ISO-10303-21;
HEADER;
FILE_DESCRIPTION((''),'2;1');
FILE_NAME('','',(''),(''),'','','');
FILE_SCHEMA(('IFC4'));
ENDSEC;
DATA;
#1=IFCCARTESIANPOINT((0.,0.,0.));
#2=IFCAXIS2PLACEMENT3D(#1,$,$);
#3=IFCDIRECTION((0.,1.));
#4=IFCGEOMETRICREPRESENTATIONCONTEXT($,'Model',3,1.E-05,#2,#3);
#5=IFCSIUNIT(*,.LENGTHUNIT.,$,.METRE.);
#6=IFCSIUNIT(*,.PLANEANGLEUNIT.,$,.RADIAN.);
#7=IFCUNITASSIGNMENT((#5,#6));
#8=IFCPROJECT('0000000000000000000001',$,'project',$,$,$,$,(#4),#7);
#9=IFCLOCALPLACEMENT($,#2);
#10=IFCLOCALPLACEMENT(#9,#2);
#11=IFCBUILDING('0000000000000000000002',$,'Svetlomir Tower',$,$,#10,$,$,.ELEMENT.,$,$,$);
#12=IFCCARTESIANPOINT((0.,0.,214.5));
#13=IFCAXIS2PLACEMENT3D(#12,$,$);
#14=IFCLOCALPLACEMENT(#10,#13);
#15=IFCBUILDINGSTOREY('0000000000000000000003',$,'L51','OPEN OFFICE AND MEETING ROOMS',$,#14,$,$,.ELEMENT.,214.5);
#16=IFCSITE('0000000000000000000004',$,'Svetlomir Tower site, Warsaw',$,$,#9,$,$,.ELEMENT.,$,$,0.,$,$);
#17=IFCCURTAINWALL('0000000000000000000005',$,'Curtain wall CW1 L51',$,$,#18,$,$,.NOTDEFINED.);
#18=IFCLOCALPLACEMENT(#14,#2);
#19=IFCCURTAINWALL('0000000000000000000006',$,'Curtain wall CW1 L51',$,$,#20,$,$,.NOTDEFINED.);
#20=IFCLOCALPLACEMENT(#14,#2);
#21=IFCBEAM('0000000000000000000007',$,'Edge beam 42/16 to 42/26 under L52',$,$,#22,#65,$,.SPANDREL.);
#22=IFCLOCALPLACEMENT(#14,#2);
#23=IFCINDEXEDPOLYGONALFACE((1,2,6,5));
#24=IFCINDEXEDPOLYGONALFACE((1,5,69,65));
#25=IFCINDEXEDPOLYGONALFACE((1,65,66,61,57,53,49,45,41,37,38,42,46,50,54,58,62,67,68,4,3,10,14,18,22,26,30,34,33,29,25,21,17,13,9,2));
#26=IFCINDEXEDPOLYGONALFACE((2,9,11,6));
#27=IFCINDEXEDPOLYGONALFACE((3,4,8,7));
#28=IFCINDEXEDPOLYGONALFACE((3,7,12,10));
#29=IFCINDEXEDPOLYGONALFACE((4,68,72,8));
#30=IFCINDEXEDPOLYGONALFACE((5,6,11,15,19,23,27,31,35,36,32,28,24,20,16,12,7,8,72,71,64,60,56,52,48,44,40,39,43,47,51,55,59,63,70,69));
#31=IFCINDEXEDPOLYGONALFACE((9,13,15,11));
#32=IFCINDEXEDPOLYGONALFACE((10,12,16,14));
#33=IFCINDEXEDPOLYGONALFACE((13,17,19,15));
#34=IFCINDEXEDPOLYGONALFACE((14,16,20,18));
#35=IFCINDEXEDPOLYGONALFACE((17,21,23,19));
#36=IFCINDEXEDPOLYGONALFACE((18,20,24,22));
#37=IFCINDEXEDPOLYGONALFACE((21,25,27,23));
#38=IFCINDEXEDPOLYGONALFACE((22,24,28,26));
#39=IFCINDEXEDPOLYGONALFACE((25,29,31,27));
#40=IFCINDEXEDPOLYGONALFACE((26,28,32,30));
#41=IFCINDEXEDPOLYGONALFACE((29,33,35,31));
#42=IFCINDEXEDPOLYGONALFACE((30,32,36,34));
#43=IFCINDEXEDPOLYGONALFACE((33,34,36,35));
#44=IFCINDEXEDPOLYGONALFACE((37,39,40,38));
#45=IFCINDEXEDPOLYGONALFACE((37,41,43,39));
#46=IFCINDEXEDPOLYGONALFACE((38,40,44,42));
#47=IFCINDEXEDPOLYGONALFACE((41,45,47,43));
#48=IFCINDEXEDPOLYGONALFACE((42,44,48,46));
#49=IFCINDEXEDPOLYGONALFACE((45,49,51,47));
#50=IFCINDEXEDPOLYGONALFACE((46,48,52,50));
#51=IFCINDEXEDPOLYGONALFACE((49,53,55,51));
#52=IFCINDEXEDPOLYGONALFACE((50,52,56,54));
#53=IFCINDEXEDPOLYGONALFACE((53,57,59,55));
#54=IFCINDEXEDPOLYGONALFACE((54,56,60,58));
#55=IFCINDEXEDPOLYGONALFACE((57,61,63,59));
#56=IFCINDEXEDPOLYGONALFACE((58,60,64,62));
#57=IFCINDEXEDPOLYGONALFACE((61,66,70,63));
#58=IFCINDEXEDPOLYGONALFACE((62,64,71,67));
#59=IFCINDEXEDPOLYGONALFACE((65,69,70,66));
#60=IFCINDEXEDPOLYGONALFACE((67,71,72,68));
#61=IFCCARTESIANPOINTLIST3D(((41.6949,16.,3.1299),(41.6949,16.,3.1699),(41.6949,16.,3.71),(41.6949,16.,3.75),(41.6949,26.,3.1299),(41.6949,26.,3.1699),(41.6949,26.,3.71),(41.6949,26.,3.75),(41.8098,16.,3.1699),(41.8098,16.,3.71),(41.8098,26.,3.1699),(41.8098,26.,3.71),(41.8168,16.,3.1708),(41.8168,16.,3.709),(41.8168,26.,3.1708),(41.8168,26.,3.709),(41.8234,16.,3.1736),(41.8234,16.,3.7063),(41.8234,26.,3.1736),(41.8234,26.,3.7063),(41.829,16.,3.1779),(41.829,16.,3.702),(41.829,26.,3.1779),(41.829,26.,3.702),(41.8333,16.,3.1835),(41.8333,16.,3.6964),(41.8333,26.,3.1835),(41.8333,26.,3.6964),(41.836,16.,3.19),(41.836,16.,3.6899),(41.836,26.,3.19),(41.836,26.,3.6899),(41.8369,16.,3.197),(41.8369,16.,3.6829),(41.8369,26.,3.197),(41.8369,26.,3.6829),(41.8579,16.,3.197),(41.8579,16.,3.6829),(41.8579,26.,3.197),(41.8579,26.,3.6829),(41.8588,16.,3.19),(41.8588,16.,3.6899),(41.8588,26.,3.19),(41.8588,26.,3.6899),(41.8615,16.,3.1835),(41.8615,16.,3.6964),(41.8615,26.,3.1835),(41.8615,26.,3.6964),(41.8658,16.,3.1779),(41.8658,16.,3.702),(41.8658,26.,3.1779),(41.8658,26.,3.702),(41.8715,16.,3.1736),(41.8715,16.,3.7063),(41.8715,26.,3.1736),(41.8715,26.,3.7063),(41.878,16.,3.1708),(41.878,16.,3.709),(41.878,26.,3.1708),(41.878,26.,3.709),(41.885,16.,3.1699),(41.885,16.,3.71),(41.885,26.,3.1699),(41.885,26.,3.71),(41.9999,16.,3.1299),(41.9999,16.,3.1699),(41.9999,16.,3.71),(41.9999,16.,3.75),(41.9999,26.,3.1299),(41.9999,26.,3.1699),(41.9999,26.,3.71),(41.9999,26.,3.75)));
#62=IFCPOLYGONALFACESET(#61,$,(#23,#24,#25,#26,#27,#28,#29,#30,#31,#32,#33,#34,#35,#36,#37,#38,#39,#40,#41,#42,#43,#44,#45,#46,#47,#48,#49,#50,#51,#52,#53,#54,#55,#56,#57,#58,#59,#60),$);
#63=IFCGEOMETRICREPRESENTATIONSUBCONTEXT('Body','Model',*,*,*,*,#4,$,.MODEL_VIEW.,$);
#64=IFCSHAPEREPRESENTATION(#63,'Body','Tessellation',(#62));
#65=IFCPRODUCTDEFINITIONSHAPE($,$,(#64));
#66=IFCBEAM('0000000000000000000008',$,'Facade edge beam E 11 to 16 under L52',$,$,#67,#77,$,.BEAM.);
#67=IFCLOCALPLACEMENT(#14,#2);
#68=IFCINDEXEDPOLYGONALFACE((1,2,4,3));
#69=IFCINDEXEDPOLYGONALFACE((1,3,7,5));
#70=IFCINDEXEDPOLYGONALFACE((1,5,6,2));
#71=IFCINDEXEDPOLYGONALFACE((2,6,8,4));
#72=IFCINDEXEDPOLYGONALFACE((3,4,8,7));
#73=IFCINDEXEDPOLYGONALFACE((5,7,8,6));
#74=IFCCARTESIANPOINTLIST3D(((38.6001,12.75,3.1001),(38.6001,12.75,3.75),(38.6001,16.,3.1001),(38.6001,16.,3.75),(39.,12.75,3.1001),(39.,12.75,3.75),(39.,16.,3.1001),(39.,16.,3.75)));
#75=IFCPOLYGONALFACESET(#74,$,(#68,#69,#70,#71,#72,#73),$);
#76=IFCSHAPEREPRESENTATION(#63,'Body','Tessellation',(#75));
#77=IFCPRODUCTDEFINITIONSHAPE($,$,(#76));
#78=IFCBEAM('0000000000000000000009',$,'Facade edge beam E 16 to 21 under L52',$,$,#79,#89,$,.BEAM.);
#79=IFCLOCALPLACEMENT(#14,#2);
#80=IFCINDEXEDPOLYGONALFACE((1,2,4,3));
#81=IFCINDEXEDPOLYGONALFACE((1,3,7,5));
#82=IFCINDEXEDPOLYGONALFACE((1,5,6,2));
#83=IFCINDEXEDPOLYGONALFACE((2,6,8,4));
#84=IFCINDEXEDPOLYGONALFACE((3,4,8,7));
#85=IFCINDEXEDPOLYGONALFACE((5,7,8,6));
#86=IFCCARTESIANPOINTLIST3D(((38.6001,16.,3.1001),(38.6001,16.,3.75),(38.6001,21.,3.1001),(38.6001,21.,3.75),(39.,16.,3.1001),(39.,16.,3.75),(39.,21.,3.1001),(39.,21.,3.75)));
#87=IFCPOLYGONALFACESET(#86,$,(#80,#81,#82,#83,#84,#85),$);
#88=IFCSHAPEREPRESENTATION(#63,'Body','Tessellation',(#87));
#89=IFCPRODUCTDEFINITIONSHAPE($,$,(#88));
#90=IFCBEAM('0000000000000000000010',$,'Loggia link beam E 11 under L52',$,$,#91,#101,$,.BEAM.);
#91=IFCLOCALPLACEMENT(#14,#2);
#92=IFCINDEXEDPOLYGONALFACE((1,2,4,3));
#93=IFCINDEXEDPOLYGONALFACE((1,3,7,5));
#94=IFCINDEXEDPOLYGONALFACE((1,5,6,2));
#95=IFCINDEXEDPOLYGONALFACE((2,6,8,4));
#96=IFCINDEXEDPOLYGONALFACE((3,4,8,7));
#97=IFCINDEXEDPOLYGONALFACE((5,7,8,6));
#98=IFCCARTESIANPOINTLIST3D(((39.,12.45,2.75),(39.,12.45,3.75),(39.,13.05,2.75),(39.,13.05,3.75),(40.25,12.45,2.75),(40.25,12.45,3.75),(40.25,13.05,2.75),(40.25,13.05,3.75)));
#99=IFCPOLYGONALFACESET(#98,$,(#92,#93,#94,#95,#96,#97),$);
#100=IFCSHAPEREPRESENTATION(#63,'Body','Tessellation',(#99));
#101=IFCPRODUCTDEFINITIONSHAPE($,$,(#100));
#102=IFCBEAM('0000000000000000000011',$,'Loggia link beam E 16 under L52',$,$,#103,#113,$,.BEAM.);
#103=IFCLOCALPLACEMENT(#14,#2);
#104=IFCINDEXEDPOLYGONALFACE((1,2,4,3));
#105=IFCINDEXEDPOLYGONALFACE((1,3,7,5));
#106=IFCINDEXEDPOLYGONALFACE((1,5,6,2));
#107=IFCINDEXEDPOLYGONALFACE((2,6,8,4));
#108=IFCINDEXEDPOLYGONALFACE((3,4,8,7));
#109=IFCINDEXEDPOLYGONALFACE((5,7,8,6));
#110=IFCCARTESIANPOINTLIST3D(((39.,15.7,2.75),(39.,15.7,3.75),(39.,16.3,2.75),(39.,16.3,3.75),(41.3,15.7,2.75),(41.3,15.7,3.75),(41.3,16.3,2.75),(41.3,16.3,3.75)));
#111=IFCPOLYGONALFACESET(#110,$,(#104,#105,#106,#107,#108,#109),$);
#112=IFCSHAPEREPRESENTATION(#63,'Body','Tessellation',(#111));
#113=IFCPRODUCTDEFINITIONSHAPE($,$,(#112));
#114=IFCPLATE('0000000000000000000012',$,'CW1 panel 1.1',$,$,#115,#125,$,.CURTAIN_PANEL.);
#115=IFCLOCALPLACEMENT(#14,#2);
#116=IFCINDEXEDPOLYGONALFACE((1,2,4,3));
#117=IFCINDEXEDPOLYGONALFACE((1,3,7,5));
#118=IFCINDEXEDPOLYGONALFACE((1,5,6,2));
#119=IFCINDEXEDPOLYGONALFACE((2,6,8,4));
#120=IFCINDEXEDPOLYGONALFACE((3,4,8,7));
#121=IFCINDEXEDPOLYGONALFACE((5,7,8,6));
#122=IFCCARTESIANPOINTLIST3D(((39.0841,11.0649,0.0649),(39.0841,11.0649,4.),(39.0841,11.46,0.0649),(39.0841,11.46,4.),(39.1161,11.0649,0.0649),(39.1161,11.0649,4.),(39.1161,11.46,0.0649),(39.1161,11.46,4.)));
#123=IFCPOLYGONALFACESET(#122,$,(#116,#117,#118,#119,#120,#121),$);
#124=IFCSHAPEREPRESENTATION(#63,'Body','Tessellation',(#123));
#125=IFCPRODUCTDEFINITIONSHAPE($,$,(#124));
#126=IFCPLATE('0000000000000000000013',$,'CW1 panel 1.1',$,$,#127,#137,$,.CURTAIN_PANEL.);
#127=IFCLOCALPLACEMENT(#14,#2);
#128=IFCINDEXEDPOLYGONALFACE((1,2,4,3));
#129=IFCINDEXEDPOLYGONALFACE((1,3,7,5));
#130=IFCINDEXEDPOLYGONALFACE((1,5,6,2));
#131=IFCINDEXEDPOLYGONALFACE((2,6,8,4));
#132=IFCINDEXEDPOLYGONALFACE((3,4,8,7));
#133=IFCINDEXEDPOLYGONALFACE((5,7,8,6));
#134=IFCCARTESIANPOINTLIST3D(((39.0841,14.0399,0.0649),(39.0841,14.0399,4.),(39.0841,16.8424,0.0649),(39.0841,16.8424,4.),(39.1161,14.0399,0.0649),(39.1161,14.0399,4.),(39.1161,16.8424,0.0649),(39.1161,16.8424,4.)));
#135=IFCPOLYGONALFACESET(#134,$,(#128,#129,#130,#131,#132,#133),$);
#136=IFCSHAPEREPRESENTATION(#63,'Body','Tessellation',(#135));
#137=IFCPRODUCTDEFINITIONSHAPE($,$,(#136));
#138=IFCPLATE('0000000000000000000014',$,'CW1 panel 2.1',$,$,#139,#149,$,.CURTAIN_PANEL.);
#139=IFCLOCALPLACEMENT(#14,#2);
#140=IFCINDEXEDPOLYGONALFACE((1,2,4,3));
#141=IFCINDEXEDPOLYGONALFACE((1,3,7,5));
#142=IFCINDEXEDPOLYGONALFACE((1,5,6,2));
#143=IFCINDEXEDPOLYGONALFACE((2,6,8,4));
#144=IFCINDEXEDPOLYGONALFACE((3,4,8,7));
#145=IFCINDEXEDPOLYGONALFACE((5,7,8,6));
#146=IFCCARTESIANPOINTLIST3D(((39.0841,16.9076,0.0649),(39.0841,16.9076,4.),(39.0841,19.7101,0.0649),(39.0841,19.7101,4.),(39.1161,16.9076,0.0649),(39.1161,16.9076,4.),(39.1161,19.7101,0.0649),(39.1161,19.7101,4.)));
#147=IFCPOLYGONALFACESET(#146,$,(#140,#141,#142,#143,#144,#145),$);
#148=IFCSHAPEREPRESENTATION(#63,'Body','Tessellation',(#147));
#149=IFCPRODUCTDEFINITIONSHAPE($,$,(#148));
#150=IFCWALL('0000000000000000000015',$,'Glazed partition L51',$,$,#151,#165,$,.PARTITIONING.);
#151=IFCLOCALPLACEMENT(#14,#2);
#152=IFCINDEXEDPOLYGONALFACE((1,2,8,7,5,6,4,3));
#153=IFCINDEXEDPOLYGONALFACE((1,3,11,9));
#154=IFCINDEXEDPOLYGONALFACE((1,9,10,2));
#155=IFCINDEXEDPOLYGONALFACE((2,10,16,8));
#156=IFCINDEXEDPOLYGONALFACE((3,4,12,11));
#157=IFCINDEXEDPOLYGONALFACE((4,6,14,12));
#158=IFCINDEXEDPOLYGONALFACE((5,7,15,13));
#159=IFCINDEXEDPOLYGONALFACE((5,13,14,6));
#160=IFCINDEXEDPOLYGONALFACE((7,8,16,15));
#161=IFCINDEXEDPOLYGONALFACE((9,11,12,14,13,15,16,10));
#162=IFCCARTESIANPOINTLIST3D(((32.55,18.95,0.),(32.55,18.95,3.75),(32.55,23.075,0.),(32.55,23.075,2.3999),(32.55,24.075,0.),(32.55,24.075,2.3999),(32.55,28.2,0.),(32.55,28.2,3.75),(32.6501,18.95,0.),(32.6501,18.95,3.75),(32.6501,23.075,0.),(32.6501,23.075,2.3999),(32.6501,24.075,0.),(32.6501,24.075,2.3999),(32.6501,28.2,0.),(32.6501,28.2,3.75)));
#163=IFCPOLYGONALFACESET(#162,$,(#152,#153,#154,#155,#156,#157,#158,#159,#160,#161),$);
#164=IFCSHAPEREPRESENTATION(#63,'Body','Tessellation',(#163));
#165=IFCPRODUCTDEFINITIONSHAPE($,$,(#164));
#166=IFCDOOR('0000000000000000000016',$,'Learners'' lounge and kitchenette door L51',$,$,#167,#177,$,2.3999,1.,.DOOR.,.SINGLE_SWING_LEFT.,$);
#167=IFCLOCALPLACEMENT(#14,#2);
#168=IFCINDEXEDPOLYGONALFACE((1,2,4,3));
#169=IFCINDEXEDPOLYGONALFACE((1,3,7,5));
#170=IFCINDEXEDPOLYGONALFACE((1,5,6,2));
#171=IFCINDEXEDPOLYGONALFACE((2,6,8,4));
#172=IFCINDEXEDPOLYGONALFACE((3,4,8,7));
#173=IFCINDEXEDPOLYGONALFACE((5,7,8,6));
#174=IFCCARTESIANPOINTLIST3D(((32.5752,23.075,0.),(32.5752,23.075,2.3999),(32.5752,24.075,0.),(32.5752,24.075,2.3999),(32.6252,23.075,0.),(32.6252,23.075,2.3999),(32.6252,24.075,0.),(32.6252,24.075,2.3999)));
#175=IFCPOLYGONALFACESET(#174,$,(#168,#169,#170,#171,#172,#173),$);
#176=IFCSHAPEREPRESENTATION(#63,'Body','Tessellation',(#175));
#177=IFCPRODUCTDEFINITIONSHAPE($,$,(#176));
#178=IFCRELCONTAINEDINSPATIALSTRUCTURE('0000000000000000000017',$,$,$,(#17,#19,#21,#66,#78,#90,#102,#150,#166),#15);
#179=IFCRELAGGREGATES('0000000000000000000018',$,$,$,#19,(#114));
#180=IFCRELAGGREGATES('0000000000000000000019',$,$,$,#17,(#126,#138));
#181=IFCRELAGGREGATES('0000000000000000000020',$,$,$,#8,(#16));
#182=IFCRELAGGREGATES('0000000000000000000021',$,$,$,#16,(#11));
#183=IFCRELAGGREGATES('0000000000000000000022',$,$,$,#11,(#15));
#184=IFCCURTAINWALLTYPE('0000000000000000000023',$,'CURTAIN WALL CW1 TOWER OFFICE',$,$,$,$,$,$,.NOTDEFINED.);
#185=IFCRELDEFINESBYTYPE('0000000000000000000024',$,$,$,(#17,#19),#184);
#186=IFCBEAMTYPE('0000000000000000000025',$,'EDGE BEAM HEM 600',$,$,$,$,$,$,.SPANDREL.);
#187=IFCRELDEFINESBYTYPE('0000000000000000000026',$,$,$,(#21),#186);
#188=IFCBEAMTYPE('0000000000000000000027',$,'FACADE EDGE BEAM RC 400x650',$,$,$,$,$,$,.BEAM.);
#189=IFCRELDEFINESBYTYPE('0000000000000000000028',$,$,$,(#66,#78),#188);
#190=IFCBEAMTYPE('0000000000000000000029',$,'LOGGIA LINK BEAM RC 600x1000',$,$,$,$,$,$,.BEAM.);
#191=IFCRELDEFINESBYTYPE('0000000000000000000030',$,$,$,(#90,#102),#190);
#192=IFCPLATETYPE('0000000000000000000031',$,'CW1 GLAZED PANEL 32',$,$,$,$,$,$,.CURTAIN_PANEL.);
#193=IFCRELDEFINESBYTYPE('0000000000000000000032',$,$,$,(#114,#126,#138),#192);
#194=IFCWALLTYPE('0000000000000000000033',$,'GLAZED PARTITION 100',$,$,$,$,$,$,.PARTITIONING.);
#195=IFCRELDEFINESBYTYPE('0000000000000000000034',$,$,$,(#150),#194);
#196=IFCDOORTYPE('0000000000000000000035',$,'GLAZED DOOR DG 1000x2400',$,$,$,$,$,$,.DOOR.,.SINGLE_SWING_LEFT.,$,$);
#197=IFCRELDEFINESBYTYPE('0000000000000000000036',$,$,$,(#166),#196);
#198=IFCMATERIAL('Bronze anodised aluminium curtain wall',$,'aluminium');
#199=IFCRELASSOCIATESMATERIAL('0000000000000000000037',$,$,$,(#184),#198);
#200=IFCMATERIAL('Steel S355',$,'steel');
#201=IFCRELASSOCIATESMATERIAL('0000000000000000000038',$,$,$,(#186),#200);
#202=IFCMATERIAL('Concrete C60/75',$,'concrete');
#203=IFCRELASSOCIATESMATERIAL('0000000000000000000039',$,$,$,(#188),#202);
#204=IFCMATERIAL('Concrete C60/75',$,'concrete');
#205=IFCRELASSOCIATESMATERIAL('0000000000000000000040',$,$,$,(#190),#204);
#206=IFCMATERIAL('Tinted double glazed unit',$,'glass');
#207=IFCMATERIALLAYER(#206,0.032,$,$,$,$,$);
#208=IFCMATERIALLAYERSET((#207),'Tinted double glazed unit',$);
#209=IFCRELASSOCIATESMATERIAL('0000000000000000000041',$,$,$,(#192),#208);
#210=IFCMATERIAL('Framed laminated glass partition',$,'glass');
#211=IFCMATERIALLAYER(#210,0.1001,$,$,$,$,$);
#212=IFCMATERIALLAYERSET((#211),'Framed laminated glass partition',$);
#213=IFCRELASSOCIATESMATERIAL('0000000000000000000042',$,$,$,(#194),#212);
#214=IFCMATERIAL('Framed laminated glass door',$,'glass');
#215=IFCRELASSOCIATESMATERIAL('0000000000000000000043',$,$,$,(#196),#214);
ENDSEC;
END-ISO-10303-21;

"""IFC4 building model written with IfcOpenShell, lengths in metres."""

from ifc_helpers import new_model, si_unit, direction, frame, frame_2d, origin, origin_2d, place, context, subcontext, project, spatial, rectangle, i_section, extrude, material, layer, layer_set, material_profile, profile_set, type_object, element, fill, aggregate, save


model = new_model("IFC4")

# Units and contexts
model_context = context("Model", 3, precision=1e-05, world=origin(), true_north=direction((0.0, 1.0)))
body_context = subcontext(model_context, "Body", "Model", "MODEL_VIEW")
ifc_project = project(units=[si_unit("LENGTHUNIT", "METRE"), si_unit("PLANEANGLEUNIT", "RADIAN")], contexts=[model_context])

# Site, building, storey
site_placement = place(None, origin())
site = spatial("IfcSite", under=ifc_project, at=site_placement, Name="Svetlomir Tower site, Warsaw", CompositionType="ELEMENT", RefElevation=0.0)
building_placement = place(site_placement, origin())
building = spatial("IfcBuilding", under=site, at=building_placement, Name="Svetlomir Tower", CompositionType="ELEMENT")
storey_placement = place(building_placement, frame((0.0, 0.0, 214.5)))
storey = spatial("IfcBuildingStorey", under=building, at=storey_placement, Name="L51", Description="OPEN OFFICE AND MEETING ROOMS", CompositionType="ELEMENT", Elevation=214.5)

# Curtain walls
ifc_material_1 = material(Name="Bronze anodised aluminium curtain wall", Category="aluminium")
curtain_wall_type = type_object("IfcCurtainWallType", Name="CURTAIN WALL CW1 TOWER OFFICE", PredefinedType="NOTDEFINED", material=ifc_material_1)
curtain_wall_1_placement = place(storey_placement, origin())
curtain_wall_1 = element("IfcCurtainWall", 1, at=curtain_wall_1_placement, inside=storey, type_object=curtain_wall_type, Name="Curtain wall CW1 L51", PredefinedType="NOTDEFINED")
curtain_wall_2_placement = place(storey_placement, origin())
curtain_wall_2 = element("IfcCurtainWall", 2, at=curtain_wall_2_placement, inside=storey, type_object=curtain_wall_type, Name="Curtain wall CW1 L51", PredefinedType="NOTDEFINED")

# Beams
ifc_material_2 = material(Name="Steel S355", Category="steel")
ifc_material_profile_1 = material_profile(ifc_material_2, i_section(OverallWidth=0.3049, OverallDepth=0.6201, WebThickness=0.021, FlangeThickness=0.04, FilletRadius=0.0271, at=origin_2d()), Name="HEM 600")
ifc_profile_set_1 = profile_set([ifc_material_profile_1], Name="Steel S355")
beam_type_1 = type_object("IfcBeamType", Name="EDGE BEAM HEM 600", PredefinedType="SPANDREL", material=ifc_profile_set_1)
beam_1_placement = place(storey_placement, frame((41.8474, 16.0, 3.4399), z_axis=(0.0, 1.0, 0.0), x_axis=(-1.0, 0.0, 0.0)))
element("IfcBeam", 3, at=beam_1_placement, inside=storey, type_object=beam_type_1, Name="Edge beam 42/16 to 42/26 under L52", PredefinedType="SPANDREL", context=body_context, shape_type="SweptSolid", body=[
    extrude(i_section(OverallWidth=0.3049, OverallDepth=0.6201, WebThickness=0.021, FlangeThickness=0.04, FilletRadius=0.0271, at=origin_2d()), origin(), (0.0, 0.0, 1.0), 10.0),
])
ifc_material_3 = material(Name="Concrete C60/75", Category="concrete")
ifc_material_profile_2 = material_profile(ifc_material_3, rectangle(XDim=0.3999, YDim=0.6499, at=origin_2d()), Name="RC 400x650")
ifc_profile_set_2 = profile_set([ifc_material_profile_2], Name="Concrete C60/75")
beam_type_2 = type_object("IfcBeamType", Name="FACADE EDGE BEAM RC 400x650", PredefinedType="BEAM", material=ifc_profile_set_2)
beam_2_placement = place(storey_placement, frame((38.8, 12.75, 3.425), z_axis=(0.0, 1.0, 0.0), x_axis=(-1.0, 0.0, 0.0)))
element("IfcBeam", 4, at=beam_2_placement, inside=storey, type_object=beam_type_2, Name="Facade edge beam E 11 to 16 under L52", PredefinedType="BEAM", context=body_context, shape_type="SweptSolid", body=[
    extrude(rectangle(XDim=0.3999, YDim=0.6499, at=origin_2d()), origin(), (0.0, 0.0, 1.0), 3.25),
])
beam_3_placement = place(storey_placement, frame((38.8, 16.0, 3.425), z_axis=(0.0, 1.0, 0.0), x_axis=(-1.0, 0.0, 0.0)))
element("IfcBeam", 5, at=beam_3_placement, inside=storey, type_object=beam_type_2, Name="Facade edge beam E 16 to 21 under L52", PredefinedType="BEAM", context=body_context, shape_type="SweptSolid", body=[
    extrude(rectangle(XDim=0.3999, YDim=0.6499, at=origin_2d()), origin(), (0.0, 0.0, 1.0), 5.0),
])
ifc_material_4 = material(Name="Concrete C60/75", Category="concrete")
ifc_material_profile_3 = material_profile(ifc_material_4, rectangle(XDim=0.6001, YDim=1.0, at=origin_2d()), Name="RC 600x1000")
ifc_profile_set_3 = profile_set([ifc_material_profile_3], Name="Concrete C60/75")
beam_type_3 = type_object("IfcBeamType", Name="LOGGIA LINK BEAM RC 600x1000", PredefinedType="BEAM", material=ifc_profile_set_3)
beam_4_placement = place(storey_placement, frame((40.25, 12.75, 3.25), z_axis=(-1.0, 0.0, 0.0), x_axis=(0.0, -1.0, 0.0)))
element("IfcBeam", 6, at=beam_4_placement, inside=storey, type_object=beam_type_3, Name="Loggia link beam E 11 under L52", PredefinedType="BEAM", context=body_context, shape_type="SweptSolid", body=[
    extrude(rectangle(XDim=0.6001, YDim=1.0, at=origin_2d()), origin(), (0.0, 0.0, 1.0), 1.25),
])
beam_5_placement = place(storey_placement, frame((41.3, 16.0, 3.25), z_axis=(-1.0, 0.0, 0.0), x_axis=(0.0, -1.0, 0.0)))
element("IfcBeam", 7, at=beam_5_placement, inside=storey, type_object=beam_type_3, Name="Loggia link beam E 16 under L52", PredefinedType="BEAM", context=body_context, shape_type="SweptSolid", body=[
    extrude(rectangle(XDim=0.6001, YDim=1.0, at=origin_2d()), origin(), (0.0, 0.0, 1.0), 2.3),
])

# Plates
ifc_material_5 = material(Name="Tinted double glazed unit", Category="glass")
ifc_layer_1 = layer(ifc_material_5, 0.032)
ifc_layer_set_1 = layer_set([ifc_layer_1], Name="Tinted double glazed unit")
plate_type = type_object("IfcPlateType", Name="CW1 GLAZED PANEL 32", PredefinedType="CURTAIN_PANEL", material=ifc_layer_set_1)
plate_1_placement = place(storey_placement, frame((39.1001, 11.2625, 0.0649), z_axis=(0.0, 0.0, 1.0), x_axis=(0.0, 1.0, 0.0)))
plate_1 = element("IfcPlate", 8, at=plate_1_placement, type_object=plate_type, Name="CW1 panel 1.1", PredefinedType="CURTAIN_PANEL", context=body_context, shape_type="SweptSolid", body=[
    extrude(rectangle(XDim=0.395, YDim=0.032, at=origin_2d()), origin(), (0.0, 0.0, 1.0), 3.9351),
])
aggregate(curtain_wall_2, [plate_1])
plate_2_placement = place(storey_placement, frame((39.1001, 15.4412, 0.0649), z_axis=(0.0, 0.0, 1.0), x_axis=(0.0, 1.0, 0.0)))
plate_2 = element("IfcPlate", 9, at=plate_2_placement, type_object=plate_type, Name="CW1 panel 1.1", PredefinedType="CURTAIN_PANEL", context=body_context, shape_type="SweptSolid", body=[
    extrude(rectangle(XDim=2.8025, YDim=0.032, at=origin_2d()), origin(), (0.0, 0.0, 1.0), 3.9351),
])
plate_3_placement = place(storey_placement, frame((39.1001, 18.3088, 0.0649), z_axis=(0.0, 0.0, 1.0), x_axis=(0.0, 1.0, 0.0)))
plate_3 = element("IfcPlate", 10, at=plate_3_placement, type_object=plate_type, Name="CW1 panel 2.1", PredefinedType="CURTAIN_PANEL", context=body_context, shape_type="SweptSolid", body=[
    extrude(rectangle(XDim=2.8025, YDim=0.032, at=origin_2d()), origin(), (0.0, 0.0, 1.0), 3.9351),
])
aggregate(curtain_wall_1, [plate_2, plate_3])

# Wall, opening, door
ifc_material_6 = material(Name="Framed laminated glass partition", Category="glass")
ifc_layer_2 = layer(ifc_material_6, 0.1001)
ifc_layer_set_2 = layer_set([ifc_layer_2], Name="Framed laminated glass partition")
wall_type_1 = type_object("IfcWallType", Name="GLAZED PARTITION 100", PredefinedType="PARTITIONING", material=ifc_layer_set_2)
wall_1_placement = place(storey_placement, frame((32.6001, 18.95, 0.0), z_axis=(0.0, 0.0, 1.0), x_axis=(0.0, 1.0, 0.0)))
wall_1 = element("IfcWall", 11, at=wall_1_placement, inside=storey, type_object=wall_type_1, Name="Glazed partition L51", PredefinedType="PARTITIONING", context=body_context, shape_type="SweptSolid", body=[
    extrude(rectangle(XDim=9.25, YDim=0.1001, at=frame_2d((4.625, 0.0))), origin(), (0.0, 0.0, 1.0), 3.75),
])
opening_1_placement = place(wall_1_placement, frame((4.125, 0.0, 0.0)))
opening_1 = element("IfcOpeningElement", 12, at=opening_1_placement, cuts=wall_1, PredefinedType="OPENING", context=body_context, shape_type="SweptSolid", body=[
    extrude(rectangle(XDim=1.0, YDim=2.3999, at=frame_2d((0.5, 1.2))), frame((0.0, 0.0601, 0.0), z_axis=(0.0, -1.0, 0.0), x_axis=(1.0, 0.0, 0.0)), (0.0, 0.0, 1.0), 0.1201),
])
ifc_material_7 = material(Name="Framed laminated glass door", Category="glass")
door_type_1 = type_object("IfcDoorType", Name="GLAZED DOOR DG 1000x2400", OperationType="SINGLE_SWING_LEFT", PredefinedType="DOOR", material=ifc_material_7)
door_1_placement = place(opening_1_placement, origin())
door_1 = element("IfcDoor", 13, at=door_1_placement, inside=storey, type_object=door_type_1, Name="Learners' lounge and kitchenette door L51", OperationType="SINGLE_SWING_LEFT", OverallHeight=2.3999, OverallWidth=1.0, PredefinedType="DOOR", context=body_context, shape_type="SweptSolid", body=[
    extrude(rectangle(XDim=1.0, YDim=2.3999, at=frame_2d((0.5, 1.2))), frame((0.0, 0.0249, 0.0), z_axis=(0.0, -1.0, 0.0), x_axis=(1.0, 0.0, 0.0)), (0.0, 0.0, 1.0), 0.05),
])
fill(opening_1, door_1)

save(model, "model.ifc")
